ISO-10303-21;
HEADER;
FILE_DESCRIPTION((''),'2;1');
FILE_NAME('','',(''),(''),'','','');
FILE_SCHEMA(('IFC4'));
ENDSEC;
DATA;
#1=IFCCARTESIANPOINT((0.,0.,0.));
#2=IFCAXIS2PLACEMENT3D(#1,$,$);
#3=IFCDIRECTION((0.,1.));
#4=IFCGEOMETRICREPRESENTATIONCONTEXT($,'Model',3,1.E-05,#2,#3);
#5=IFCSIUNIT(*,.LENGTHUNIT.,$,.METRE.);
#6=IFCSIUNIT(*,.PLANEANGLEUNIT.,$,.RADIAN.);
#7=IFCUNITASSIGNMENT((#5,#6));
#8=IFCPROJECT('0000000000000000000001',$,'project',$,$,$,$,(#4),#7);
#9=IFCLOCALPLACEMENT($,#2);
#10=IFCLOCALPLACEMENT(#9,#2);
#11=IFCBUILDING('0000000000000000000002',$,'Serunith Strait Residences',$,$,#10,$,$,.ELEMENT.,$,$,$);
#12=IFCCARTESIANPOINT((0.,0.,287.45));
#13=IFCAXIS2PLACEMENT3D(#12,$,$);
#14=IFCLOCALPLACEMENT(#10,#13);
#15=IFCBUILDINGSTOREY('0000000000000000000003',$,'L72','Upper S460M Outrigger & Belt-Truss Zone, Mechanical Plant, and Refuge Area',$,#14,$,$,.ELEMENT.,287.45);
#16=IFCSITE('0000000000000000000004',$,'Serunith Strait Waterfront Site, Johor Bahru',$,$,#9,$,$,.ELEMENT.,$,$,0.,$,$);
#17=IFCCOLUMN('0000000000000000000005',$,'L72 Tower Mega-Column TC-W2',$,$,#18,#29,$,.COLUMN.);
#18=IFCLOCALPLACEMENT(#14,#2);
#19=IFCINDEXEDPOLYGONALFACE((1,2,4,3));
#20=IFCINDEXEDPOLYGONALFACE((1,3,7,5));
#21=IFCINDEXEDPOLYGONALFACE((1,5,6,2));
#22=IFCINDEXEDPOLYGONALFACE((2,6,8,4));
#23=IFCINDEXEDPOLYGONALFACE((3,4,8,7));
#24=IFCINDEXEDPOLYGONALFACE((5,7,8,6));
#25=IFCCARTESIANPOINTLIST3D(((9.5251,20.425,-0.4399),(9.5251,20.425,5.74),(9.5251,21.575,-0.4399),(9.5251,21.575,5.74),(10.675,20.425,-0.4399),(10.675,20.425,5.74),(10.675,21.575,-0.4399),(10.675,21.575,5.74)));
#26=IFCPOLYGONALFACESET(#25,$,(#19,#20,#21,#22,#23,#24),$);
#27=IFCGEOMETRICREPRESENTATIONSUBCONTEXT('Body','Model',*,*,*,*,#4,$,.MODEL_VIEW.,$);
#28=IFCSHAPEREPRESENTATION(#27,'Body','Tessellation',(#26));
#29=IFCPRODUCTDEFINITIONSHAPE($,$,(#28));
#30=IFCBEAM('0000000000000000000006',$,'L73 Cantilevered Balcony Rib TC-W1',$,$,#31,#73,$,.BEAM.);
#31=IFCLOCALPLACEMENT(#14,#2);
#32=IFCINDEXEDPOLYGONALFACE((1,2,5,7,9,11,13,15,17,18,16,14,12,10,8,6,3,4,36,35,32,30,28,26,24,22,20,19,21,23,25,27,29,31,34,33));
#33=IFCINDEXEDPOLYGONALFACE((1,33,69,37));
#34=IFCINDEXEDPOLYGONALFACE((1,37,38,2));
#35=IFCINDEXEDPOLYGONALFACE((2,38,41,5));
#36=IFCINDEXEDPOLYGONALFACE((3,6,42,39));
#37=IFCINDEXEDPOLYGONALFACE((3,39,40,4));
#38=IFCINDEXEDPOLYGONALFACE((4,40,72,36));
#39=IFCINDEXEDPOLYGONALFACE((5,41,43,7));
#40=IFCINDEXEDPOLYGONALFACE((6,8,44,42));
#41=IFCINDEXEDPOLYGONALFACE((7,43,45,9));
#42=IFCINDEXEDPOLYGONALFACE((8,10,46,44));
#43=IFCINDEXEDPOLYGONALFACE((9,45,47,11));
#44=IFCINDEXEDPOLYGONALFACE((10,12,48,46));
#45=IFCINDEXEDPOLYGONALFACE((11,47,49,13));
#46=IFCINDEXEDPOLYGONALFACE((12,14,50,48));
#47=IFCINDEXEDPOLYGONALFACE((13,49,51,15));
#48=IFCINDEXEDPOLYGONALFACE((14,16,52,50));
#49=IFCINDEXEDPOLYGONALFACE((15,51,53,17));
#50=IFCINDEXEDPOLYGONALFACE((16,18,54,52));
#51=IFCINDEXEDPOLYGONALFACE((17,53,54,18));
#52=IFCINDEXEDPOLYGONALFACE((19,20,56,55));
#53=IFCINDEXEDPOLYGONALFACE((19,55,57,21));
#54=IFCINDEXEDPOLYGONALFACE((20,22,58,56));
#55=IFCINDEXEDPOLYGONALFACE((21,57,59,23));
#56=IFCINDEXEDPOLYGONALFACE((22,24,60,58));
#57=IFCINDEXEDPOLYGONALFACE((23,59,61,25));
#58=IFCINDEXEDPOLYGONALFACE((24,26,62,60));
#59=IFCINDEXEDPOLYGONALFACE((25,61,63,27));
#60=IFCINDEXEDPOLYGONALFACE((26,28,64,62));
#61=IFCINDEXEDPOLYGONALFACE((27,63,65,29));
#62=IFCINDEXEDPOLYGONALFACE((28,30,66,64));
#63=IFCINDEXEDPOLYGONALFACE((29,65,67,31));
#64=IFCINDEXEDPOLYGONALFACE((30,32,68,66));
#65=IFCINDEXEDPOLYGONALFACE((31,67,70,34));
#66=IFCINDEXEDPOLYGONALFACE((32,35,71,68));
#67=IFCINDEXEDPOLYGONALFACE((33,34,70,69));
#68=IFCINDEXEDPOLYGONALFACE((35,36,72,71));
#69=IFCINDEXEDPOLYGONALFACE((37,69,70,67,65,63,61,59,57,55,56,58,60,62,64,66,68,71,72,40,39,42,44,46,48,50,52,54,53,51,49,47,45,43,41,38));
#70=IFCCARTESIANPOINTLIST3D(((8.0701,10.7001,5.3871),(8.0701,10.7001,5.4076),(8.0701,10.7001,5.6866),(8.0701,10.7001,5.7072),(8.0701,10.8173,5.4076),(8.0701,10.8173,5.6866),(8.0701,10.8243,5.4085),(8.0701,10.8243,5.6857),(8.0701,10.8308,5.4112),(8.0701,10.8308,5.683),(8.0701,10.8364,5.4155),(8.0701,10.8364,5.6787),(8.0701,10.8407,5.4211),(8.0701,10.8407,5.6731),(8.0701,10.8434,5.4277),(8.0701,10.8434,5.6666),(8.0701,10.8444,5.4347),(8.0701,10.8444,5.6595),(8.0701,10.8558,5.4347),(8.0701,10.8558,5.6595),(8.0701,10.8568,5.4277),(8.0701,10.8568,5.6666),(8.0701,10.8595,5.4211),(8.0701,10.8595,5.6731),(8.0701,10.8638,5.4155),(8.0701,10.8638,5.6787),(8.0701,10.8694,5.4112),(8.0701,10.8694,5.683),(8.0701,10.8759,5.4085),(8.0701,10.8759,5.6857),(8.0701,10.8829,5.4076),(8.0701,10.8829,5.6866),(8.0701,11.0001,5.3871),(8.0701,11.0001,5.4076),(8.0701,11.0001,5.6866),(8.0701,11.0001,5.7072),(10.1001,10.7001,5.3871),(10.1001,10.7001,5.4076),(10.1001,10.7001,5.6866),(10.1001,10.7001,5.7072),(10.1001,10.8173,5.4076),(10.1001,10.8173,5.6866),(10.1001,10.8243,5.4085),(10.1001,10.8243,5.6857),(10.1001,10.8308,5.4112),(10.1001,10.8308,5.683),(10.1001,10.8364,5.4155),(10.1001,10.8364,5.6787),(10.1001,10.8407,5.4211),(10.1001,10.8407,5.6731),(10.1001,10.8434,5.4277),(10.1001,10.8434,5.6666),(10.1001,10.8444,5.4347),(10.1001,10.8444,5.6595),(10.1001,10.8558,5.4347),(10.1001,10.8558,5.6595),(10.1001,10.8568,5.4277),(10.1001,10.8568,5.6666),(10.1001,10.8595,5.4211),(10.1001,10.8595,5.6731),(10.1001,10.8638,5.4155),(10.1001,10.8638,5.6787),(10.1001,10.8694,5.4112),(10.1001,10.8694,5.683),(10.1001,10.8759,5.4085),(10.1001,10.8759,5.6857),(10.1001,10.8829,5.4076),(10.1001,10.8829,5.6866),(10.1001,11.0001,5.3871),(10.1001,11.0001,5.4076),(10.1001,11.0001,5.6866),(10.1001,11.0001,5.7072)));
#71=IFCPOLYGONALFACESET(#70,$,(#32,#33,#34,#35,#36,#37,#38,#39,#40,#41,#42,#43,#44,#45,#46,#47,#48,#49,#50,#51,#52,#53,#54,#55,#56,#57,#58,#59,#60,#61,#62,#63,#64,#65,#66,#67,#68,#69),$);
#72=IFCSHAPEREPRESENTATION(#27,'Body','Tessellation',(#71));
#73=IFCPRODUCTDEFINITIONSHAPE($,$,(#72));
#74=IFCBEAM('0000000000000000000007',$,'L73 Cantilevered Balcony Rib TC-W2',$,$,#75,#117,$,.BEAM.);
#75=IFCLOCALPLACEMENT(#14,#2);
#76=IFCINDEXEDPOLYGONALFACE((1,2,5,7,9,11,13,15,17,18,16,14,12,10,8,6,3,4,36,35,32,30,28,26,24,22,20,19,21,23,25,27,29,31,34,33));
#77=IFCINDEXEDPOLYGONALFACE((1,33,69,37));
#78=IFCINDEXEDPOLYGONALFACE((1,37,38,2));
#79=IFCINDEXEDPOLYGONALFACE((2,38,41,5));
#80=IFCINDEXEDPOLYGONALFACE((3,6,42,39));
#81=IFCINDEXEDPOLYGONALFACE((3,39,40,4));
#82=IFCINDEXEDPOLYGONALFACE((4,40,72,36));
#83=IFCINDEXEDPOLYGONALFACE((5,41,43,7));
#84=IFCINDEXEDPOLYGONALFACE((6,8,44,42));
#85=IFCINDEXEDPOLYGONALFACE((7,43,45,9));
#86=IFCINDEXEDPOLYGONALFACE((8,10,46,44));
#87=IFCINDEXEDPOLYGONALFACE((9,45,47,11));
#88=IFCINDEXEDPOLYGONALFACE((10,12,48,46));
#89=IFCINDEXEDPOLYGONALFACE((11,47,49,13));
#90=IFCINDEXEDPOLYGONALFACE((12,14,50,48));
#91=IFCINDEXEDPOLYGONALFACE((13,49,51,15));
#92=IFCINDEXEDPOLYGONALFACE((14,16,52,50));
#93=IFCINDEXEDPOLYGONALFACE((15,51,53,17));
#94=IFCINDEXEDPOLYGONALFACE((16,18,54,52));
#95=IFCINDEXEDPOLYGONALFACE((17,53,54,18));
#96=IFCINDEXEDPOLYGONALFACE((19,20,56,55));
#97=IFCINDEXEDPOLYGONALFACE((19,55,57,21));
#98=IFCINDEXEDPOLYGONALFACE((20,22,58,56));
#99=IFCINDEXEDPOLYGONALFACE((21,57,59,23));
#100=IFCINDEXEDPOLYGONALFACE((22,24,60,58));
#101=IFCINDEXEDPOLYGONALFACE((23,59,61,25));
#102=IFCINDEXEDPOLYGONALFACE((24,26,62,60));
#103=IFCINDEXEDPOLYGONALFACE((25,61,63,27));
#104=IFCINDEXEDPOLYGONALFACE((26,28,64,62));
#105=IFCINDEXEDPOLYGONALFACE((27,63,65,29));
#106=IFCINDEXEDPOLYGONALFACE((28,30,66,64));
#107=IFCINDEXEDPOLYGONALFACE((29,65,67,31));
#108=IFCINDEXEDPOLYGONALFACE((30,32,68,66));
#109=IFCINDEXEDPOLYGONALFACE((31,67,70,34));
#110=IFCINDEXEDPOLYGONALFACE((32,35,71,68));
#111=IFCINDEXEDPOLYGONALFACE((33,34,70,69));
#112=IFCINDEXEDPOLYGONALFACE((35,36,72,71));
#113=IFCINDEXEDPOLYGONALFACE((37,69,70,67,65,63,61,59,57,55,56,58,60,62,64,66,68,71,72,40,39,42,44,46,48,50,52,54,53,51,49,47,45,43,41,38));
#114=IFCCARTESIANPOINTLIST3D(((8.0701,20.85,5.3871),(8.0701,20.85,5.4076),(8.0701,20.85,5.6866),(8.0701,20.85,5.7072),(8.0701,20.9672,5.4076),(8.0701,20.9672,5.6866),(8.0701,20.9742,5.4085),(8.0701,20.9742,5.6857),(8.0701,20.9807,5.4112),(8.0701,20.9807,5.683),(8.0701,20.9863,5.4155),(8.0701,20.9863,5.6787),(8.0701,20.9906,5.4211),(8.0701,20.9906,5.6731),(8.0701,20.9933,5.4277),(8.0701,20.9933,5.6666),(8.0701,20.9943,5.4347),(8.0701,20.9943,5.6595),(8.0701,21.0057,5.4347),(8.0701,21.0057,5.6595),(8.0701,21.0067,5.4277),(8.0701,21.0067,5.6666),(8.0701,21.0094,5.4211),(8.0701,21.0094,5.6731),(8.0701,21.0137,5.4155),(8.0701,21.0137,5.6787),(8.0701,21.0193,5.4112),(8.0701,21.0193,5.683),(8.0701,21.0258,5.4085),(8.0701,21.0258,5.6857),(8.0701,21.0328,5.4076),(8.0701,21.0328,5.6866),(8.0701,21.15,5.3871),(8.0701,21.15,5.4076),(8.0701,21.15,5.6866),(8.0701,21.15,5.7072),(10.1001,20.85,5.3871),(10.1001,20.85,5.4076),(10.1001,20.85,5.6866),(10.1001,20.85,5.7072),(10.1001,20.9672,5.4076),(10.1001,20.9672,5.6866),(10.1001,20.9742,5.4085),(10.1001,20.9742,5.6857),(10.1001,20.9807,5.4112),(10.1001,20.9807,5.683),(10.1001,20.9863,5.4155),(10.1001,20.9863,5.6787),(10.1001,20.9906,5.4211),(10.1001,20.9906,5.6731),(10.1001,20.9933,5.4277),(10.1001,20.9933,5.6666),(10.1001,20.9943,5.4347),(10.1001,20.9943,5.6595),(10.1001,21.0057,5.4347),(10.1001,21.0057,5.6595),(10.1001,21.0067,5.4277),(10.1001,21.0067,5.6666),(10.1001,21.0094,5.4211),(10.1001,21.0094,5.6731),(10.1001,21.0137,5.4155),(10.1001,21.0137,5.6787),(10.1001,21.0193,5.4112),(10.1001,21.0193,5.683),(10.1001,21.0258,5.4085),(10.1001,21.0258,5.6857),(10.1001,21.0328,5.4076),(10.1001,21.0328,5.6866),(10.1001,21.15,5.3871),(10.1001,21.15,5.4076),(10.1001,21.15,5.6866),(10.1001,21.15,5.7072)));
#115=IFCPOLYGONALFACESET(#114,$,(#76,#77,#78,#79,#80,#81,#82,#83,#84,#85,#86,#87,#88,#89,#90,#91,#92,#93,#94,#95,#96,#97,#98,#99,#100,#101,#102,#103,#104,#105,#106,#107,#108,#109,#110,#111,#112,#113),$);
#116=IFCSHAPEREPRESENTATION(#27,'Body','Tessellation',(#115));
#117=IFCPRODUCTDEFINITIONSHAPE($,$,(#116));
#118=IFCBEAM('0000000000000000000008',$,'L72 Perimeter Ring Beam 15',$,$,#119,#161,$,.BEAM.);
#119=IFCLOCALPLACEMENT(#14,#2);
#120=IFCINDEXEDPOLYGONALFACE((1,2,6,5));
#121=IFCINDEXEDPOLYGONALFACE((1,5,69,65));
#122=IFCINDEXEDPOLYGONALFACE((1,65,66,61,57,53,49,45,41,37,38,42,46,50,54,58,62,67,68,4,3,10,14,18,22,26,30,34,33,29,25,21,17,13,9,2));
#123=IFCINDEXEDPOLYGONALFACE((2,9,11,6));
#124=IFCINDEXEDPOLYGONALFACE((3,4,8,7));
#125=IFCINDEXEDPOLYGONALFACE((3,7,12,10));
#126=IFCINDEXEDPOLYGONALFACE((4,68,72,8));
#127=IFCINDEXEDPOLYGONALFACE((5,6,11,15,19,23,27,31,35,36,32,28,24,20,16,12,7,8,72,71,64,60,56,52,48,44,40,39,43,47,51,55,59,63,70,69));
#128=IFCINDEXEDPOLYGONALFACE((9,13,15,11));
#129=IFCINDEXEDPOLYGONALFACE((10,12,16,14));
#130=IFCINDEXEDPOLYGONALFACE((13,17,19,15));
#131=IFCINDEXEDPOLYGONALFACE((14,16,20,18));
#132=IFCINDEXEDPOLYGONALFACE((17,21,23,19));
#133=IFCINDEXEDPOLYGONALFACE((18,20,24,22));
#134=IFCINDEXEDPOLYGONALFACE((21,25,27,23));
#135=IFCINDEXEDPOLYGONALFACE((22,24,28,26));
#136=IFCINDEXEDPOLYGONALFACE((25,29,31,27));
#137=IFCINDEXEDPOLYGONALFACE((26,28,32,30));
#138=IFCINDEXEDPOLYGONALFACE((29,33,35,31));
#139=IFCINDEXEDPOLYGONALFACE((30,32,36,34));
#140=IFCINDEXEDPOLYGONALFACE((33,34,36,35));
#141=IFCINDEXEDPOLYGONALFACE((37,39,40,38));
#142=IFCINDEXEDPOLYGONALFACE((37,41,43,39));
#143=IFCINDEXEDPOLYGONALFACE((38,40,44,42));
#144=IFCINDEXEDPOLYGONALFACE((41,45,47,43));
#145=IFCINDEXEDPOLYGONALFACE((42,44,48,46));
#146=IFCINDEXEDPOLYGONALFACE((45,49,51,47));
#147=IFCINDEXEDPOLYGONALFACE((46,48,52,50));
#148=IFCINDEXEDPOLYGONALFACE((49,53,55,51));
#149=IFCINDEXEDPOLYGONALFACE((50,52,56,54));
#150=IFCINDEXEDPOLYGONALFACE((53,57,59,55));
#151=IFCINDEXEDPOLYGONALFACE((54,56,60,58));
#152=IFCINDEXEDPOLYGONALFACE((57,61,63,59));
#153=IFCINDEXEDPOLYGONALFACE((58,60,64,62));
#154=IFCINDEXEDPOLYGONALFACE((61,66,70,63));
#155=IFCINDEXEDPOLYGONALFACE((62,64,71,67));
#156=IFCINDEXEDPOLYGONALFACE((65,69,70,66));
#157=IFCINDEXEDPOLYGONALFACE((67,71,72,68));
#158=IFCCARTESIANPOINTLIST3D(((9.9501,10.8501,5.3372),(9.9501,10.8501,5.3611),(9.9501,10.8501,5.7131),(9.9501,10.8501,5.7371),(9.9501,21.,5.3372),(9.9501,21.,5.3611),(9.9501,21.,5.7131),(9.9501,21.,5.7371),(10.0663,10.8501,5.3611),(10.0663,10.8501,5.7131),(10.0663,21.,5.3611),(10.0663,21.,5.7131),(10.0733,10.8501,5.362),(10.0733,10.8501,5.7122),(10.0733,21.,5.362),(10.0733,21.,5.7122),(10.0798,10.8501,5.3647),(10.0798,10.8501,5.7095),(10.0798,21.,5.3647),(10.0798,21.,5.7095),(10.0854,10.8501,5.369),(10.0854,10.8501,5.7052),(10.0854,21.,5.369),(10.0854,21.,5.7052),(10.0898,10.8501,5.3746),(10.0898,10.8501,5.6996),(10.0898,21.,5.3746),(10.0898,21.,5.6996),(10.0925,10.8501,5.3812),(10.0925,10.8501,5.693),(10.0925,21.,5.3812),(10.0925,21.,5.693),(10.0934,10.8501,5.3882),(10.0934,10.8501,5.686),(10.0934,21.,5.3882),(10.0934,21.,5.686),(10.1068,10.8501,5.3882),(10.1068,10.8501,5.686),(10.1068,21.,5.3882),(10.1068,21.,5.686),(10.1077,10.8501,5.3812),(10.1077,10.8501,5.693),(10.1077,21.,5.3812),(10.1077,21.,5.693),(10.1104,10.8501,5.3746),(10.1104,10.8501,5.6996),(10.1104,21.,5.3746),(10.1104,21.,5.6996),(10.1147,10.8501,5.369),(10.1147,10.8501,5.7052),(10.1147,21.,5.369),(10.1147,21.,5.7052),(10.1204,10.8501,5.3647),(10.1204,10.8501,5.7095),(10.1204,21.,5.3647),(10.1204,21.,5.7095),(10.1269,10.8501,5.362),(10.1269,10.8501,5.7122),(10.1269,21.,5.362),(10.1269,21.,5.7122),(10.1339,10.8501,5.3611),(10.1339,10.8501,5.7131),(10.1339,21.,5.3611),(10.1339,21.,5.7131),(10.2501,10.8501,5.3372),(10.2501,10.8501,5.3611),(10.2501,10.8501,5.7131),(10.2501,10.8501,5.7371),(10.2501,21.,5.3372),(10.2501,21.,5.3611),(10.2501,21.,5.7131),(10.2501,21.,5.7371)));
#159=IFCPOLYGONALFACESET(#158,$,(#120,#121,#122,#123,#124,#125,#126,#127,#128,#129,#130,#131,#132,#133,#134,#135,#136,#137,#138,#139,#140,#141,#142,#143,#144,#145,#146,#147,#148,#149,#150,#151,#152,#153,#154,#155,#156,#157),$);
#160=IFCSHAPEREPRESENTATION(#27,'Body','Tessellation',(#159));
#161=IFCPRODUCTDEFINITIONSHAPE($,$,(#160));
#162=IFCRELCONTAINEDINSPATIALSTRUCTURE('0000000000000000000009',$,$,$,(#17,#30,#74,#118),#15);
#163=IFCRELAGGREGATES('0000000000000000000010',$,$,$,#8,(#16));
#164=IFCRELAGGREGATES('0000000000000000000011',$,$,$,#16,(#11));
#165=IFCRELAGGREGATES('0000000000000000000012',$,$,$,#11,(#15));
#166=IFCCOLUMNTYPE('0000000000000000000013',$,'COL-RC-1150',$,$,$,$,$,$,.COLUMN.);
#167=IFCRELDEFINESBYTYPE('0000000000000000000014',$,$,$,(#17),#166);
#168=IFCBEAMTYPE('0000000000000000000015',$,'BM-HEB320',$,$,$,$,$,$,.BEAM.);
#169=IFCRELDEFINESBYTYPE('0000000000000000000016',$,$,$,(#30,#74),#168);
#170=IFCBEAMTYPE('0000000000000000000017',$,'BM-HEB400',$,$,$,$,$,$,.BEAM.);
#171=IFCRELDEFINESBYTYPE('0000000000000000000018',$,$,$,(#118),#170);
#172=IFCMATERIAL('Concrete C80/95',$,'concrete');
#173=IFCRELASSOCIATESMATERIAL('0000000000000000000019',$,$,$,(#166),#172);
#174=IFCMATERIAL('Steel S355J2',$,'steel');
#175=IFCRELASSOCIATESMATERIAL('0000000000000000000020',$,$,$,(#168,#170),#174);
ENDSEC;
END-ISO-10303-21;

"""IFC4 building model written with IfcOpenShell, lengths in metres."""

from ifc_helpers import new_model, si_unit, direction, frame, origin, origin_2d, place, context, subcontext, project, spatial, rectangle, i_section, extrude, source, transform, mapped, material, material_profile, profile_set, type_object, element, save


model = new_model("IFC4")

# Units and contexts
model_context = context("Model", 3, precision=1e-05, world=origin(), true_north=direction((0.0, 1.0)))
body_context = subcontext(model_context, "Body", "Model", "MODEL_VIEW")
ifc_project = project(units=[si_unit("LENGTHUNIT", "METRE"), si_unit("PLANEANGLEUNIT", "RADIAN")], contexts=[model_context])

# Site, building, storey
site_placement = place(None, origin())
site = spatial("IfcSite", under=ifc_project, at=site_placement, Name="Serunith Strait Waterfront Site, Johor Bahru", CompositionType="ELEMENT", RefElevation=0.0)
building_placement = place(site_placement, origin())
building = spatial("IfcBuilding", under=site, at=building_placement, Name="Serunith Strait Residences", CompositionType="ELEMENT")
storey_placement = place(building_placement, frame((0.0, 0.0, 287.45)))
storey = spatial("IfcBuildingStorey", under=building, at=storey_placement, Name="L72", Description="Upper S460M Outrigger & Belt-Truss Zone, Mechanical Plant, and Refuge Area", CompositionType="ELEMENT", Elevation=287.45)

# Column
ifc_material_1 = material(Name="Concrete C80/95", Category="concrete")
ifc_material_profile_1 = material_profile(ifc_material_1, rectangle(XDim=1.1499, YDim=1.1499, at=origin_2d()), Name="RC 1150x1150")
ifc_profile_set_1 = profile_set([ifc_material_profile_1], Name="Concrete C80/95")
column_type = type_object("IfcColumnType", Name="COL-RC-1150", PredefinedType="COLUMN", material=ifc_profile_set_1)
shared_shape_1 = source(origin(), body_context, "Body", "SweptSolid", [
    extrude(rectangle(XDim=1.1499, YDim=1.1499, at=origin_2d()), origin(), (0.0, 0.0, 1.0), 6.1799),
])
column_placement = place(storey_placement, frame((10.1001, 21.0, -0.4399), z_axis=(0.0, 0.0, 1.0), x_axis=(1.0, 0.0, 0.0)))
element("IfcColumn", 1, at=column_placement, inside=storey, type_object=column_type, Name="L72 Tower Mega-Column TC-W2", PredefinedType="COLUMN", context=body_context, shape_type="MappedRepresentation", body=[
    mapped(shared_shape_1, transform((0.0, 0.0, 0.0), scale=1.0)),
])

# Beams
ifc_material_2 = material(Name="Steel S355J2", Category="steel")
ifc_material_profile_2 = material_profile(ifc_material_2, i_section(OverallWidth=0.3, OverallDepth=0.3201, WebThickness=0.0115, FlangeThickness=0.0205, FilletRadius=0.0271, at=origin_2d()), Name="HEB 320")
ifc_profile_set_2 = profile_set([ifc_material_profile_2], Name="Steel S355J2")
beam_type_1 = type_object("IfcBeamType", Name="BM-HEB320", PredefinedType="BEAM", material=ifc_profile_set_2)
shared_shape_2 = source(origin(), body_context, "Body", "SweptSolid", [
    extrude(i_section(OverallWidth=0.3, OverallDepth=0.3201, WebThickness=0.0115, FlangeThickness=0.0205, FilletRadius=0.0271, at=origin_2d()), origin(), (0.0, 0.0, 1.0), 2.03),
])
for number, where, z_axis, x_axis, name in (
    (2, (10.1001, 10.8501, 5.5471), (-1.0, 0.0, 0.0), (0.0, -1.0, 0.0), "L73 Cantilevered Balcony Rib TC-W1"),
    (3, (10.1001, 21.0, 5.5471), (-1.0, 0.0, 0.0), (0.0, -1.0, 0.0), "L73 Cantilevered Balcony Rib TC-W2"),
):
    element("IfcBeam", number, at=place(storey_placement, frame(where, z_axis=z_axis, x_axis=x_axis)), inside=storey, type_object=beam_type_1, Name=name, PredefinedType="BEAM", context=body_context, shape_type="MappedRepresentation", body=[
        mapped(shared_shape_2, transform((0.0, 0.0, 0.0), scale=1.0)),
    ])
ifc_material_profile_3 = material_profile(ifc_material_2, i_section(OverallWidth=0.3, OverallDepth=0.3999, WebThickness=0.0134, FlangeThickness=0.0239, FilletRadius=0.0271, at=origin_2d()), Name="HEB 400")
ifc_profile_set_3 = profile_set([ifc_material_profile_3], Name="Steel S355J2")
beam_type_2 = type_object("IfcBeamType", Name="BM-HEB400", PredefinedType="BEAM", material=ifc_profile_set_3)
shared_shape_3 = source(origin(), body_context, "Body", "SweptSolid", [
    extrude(i_section(OverallWidth=0.3, OverallDepth=0.3999, WebThickness=0.0134, FlangeThickness=0.0239, FilletRadius=0.0271, at=origin_2d()), origin(), (0.0, 0.0, 1.0), 10.1499),
])
beam_placement = place(storey_placement, frame((10.1001, 21.0, 5.5371), z_axis=(0.0, -1.0, 0.0), x_axis=(1.0, 0.0, 0.0)))
element("IfcBeam", 4, at=beam_placement, inside=storey, type_object=beam_type_2, Name="L72 Perimeter Ring Beam 15", PredefinedType="BEAM", context=body_context, shape_type="MappedRepresentation", body=[
    mapped(shared_shape_3, transform((0.0, 0.0, 0.0), scale=1.0)),
])

save(model, "model.ifc")
